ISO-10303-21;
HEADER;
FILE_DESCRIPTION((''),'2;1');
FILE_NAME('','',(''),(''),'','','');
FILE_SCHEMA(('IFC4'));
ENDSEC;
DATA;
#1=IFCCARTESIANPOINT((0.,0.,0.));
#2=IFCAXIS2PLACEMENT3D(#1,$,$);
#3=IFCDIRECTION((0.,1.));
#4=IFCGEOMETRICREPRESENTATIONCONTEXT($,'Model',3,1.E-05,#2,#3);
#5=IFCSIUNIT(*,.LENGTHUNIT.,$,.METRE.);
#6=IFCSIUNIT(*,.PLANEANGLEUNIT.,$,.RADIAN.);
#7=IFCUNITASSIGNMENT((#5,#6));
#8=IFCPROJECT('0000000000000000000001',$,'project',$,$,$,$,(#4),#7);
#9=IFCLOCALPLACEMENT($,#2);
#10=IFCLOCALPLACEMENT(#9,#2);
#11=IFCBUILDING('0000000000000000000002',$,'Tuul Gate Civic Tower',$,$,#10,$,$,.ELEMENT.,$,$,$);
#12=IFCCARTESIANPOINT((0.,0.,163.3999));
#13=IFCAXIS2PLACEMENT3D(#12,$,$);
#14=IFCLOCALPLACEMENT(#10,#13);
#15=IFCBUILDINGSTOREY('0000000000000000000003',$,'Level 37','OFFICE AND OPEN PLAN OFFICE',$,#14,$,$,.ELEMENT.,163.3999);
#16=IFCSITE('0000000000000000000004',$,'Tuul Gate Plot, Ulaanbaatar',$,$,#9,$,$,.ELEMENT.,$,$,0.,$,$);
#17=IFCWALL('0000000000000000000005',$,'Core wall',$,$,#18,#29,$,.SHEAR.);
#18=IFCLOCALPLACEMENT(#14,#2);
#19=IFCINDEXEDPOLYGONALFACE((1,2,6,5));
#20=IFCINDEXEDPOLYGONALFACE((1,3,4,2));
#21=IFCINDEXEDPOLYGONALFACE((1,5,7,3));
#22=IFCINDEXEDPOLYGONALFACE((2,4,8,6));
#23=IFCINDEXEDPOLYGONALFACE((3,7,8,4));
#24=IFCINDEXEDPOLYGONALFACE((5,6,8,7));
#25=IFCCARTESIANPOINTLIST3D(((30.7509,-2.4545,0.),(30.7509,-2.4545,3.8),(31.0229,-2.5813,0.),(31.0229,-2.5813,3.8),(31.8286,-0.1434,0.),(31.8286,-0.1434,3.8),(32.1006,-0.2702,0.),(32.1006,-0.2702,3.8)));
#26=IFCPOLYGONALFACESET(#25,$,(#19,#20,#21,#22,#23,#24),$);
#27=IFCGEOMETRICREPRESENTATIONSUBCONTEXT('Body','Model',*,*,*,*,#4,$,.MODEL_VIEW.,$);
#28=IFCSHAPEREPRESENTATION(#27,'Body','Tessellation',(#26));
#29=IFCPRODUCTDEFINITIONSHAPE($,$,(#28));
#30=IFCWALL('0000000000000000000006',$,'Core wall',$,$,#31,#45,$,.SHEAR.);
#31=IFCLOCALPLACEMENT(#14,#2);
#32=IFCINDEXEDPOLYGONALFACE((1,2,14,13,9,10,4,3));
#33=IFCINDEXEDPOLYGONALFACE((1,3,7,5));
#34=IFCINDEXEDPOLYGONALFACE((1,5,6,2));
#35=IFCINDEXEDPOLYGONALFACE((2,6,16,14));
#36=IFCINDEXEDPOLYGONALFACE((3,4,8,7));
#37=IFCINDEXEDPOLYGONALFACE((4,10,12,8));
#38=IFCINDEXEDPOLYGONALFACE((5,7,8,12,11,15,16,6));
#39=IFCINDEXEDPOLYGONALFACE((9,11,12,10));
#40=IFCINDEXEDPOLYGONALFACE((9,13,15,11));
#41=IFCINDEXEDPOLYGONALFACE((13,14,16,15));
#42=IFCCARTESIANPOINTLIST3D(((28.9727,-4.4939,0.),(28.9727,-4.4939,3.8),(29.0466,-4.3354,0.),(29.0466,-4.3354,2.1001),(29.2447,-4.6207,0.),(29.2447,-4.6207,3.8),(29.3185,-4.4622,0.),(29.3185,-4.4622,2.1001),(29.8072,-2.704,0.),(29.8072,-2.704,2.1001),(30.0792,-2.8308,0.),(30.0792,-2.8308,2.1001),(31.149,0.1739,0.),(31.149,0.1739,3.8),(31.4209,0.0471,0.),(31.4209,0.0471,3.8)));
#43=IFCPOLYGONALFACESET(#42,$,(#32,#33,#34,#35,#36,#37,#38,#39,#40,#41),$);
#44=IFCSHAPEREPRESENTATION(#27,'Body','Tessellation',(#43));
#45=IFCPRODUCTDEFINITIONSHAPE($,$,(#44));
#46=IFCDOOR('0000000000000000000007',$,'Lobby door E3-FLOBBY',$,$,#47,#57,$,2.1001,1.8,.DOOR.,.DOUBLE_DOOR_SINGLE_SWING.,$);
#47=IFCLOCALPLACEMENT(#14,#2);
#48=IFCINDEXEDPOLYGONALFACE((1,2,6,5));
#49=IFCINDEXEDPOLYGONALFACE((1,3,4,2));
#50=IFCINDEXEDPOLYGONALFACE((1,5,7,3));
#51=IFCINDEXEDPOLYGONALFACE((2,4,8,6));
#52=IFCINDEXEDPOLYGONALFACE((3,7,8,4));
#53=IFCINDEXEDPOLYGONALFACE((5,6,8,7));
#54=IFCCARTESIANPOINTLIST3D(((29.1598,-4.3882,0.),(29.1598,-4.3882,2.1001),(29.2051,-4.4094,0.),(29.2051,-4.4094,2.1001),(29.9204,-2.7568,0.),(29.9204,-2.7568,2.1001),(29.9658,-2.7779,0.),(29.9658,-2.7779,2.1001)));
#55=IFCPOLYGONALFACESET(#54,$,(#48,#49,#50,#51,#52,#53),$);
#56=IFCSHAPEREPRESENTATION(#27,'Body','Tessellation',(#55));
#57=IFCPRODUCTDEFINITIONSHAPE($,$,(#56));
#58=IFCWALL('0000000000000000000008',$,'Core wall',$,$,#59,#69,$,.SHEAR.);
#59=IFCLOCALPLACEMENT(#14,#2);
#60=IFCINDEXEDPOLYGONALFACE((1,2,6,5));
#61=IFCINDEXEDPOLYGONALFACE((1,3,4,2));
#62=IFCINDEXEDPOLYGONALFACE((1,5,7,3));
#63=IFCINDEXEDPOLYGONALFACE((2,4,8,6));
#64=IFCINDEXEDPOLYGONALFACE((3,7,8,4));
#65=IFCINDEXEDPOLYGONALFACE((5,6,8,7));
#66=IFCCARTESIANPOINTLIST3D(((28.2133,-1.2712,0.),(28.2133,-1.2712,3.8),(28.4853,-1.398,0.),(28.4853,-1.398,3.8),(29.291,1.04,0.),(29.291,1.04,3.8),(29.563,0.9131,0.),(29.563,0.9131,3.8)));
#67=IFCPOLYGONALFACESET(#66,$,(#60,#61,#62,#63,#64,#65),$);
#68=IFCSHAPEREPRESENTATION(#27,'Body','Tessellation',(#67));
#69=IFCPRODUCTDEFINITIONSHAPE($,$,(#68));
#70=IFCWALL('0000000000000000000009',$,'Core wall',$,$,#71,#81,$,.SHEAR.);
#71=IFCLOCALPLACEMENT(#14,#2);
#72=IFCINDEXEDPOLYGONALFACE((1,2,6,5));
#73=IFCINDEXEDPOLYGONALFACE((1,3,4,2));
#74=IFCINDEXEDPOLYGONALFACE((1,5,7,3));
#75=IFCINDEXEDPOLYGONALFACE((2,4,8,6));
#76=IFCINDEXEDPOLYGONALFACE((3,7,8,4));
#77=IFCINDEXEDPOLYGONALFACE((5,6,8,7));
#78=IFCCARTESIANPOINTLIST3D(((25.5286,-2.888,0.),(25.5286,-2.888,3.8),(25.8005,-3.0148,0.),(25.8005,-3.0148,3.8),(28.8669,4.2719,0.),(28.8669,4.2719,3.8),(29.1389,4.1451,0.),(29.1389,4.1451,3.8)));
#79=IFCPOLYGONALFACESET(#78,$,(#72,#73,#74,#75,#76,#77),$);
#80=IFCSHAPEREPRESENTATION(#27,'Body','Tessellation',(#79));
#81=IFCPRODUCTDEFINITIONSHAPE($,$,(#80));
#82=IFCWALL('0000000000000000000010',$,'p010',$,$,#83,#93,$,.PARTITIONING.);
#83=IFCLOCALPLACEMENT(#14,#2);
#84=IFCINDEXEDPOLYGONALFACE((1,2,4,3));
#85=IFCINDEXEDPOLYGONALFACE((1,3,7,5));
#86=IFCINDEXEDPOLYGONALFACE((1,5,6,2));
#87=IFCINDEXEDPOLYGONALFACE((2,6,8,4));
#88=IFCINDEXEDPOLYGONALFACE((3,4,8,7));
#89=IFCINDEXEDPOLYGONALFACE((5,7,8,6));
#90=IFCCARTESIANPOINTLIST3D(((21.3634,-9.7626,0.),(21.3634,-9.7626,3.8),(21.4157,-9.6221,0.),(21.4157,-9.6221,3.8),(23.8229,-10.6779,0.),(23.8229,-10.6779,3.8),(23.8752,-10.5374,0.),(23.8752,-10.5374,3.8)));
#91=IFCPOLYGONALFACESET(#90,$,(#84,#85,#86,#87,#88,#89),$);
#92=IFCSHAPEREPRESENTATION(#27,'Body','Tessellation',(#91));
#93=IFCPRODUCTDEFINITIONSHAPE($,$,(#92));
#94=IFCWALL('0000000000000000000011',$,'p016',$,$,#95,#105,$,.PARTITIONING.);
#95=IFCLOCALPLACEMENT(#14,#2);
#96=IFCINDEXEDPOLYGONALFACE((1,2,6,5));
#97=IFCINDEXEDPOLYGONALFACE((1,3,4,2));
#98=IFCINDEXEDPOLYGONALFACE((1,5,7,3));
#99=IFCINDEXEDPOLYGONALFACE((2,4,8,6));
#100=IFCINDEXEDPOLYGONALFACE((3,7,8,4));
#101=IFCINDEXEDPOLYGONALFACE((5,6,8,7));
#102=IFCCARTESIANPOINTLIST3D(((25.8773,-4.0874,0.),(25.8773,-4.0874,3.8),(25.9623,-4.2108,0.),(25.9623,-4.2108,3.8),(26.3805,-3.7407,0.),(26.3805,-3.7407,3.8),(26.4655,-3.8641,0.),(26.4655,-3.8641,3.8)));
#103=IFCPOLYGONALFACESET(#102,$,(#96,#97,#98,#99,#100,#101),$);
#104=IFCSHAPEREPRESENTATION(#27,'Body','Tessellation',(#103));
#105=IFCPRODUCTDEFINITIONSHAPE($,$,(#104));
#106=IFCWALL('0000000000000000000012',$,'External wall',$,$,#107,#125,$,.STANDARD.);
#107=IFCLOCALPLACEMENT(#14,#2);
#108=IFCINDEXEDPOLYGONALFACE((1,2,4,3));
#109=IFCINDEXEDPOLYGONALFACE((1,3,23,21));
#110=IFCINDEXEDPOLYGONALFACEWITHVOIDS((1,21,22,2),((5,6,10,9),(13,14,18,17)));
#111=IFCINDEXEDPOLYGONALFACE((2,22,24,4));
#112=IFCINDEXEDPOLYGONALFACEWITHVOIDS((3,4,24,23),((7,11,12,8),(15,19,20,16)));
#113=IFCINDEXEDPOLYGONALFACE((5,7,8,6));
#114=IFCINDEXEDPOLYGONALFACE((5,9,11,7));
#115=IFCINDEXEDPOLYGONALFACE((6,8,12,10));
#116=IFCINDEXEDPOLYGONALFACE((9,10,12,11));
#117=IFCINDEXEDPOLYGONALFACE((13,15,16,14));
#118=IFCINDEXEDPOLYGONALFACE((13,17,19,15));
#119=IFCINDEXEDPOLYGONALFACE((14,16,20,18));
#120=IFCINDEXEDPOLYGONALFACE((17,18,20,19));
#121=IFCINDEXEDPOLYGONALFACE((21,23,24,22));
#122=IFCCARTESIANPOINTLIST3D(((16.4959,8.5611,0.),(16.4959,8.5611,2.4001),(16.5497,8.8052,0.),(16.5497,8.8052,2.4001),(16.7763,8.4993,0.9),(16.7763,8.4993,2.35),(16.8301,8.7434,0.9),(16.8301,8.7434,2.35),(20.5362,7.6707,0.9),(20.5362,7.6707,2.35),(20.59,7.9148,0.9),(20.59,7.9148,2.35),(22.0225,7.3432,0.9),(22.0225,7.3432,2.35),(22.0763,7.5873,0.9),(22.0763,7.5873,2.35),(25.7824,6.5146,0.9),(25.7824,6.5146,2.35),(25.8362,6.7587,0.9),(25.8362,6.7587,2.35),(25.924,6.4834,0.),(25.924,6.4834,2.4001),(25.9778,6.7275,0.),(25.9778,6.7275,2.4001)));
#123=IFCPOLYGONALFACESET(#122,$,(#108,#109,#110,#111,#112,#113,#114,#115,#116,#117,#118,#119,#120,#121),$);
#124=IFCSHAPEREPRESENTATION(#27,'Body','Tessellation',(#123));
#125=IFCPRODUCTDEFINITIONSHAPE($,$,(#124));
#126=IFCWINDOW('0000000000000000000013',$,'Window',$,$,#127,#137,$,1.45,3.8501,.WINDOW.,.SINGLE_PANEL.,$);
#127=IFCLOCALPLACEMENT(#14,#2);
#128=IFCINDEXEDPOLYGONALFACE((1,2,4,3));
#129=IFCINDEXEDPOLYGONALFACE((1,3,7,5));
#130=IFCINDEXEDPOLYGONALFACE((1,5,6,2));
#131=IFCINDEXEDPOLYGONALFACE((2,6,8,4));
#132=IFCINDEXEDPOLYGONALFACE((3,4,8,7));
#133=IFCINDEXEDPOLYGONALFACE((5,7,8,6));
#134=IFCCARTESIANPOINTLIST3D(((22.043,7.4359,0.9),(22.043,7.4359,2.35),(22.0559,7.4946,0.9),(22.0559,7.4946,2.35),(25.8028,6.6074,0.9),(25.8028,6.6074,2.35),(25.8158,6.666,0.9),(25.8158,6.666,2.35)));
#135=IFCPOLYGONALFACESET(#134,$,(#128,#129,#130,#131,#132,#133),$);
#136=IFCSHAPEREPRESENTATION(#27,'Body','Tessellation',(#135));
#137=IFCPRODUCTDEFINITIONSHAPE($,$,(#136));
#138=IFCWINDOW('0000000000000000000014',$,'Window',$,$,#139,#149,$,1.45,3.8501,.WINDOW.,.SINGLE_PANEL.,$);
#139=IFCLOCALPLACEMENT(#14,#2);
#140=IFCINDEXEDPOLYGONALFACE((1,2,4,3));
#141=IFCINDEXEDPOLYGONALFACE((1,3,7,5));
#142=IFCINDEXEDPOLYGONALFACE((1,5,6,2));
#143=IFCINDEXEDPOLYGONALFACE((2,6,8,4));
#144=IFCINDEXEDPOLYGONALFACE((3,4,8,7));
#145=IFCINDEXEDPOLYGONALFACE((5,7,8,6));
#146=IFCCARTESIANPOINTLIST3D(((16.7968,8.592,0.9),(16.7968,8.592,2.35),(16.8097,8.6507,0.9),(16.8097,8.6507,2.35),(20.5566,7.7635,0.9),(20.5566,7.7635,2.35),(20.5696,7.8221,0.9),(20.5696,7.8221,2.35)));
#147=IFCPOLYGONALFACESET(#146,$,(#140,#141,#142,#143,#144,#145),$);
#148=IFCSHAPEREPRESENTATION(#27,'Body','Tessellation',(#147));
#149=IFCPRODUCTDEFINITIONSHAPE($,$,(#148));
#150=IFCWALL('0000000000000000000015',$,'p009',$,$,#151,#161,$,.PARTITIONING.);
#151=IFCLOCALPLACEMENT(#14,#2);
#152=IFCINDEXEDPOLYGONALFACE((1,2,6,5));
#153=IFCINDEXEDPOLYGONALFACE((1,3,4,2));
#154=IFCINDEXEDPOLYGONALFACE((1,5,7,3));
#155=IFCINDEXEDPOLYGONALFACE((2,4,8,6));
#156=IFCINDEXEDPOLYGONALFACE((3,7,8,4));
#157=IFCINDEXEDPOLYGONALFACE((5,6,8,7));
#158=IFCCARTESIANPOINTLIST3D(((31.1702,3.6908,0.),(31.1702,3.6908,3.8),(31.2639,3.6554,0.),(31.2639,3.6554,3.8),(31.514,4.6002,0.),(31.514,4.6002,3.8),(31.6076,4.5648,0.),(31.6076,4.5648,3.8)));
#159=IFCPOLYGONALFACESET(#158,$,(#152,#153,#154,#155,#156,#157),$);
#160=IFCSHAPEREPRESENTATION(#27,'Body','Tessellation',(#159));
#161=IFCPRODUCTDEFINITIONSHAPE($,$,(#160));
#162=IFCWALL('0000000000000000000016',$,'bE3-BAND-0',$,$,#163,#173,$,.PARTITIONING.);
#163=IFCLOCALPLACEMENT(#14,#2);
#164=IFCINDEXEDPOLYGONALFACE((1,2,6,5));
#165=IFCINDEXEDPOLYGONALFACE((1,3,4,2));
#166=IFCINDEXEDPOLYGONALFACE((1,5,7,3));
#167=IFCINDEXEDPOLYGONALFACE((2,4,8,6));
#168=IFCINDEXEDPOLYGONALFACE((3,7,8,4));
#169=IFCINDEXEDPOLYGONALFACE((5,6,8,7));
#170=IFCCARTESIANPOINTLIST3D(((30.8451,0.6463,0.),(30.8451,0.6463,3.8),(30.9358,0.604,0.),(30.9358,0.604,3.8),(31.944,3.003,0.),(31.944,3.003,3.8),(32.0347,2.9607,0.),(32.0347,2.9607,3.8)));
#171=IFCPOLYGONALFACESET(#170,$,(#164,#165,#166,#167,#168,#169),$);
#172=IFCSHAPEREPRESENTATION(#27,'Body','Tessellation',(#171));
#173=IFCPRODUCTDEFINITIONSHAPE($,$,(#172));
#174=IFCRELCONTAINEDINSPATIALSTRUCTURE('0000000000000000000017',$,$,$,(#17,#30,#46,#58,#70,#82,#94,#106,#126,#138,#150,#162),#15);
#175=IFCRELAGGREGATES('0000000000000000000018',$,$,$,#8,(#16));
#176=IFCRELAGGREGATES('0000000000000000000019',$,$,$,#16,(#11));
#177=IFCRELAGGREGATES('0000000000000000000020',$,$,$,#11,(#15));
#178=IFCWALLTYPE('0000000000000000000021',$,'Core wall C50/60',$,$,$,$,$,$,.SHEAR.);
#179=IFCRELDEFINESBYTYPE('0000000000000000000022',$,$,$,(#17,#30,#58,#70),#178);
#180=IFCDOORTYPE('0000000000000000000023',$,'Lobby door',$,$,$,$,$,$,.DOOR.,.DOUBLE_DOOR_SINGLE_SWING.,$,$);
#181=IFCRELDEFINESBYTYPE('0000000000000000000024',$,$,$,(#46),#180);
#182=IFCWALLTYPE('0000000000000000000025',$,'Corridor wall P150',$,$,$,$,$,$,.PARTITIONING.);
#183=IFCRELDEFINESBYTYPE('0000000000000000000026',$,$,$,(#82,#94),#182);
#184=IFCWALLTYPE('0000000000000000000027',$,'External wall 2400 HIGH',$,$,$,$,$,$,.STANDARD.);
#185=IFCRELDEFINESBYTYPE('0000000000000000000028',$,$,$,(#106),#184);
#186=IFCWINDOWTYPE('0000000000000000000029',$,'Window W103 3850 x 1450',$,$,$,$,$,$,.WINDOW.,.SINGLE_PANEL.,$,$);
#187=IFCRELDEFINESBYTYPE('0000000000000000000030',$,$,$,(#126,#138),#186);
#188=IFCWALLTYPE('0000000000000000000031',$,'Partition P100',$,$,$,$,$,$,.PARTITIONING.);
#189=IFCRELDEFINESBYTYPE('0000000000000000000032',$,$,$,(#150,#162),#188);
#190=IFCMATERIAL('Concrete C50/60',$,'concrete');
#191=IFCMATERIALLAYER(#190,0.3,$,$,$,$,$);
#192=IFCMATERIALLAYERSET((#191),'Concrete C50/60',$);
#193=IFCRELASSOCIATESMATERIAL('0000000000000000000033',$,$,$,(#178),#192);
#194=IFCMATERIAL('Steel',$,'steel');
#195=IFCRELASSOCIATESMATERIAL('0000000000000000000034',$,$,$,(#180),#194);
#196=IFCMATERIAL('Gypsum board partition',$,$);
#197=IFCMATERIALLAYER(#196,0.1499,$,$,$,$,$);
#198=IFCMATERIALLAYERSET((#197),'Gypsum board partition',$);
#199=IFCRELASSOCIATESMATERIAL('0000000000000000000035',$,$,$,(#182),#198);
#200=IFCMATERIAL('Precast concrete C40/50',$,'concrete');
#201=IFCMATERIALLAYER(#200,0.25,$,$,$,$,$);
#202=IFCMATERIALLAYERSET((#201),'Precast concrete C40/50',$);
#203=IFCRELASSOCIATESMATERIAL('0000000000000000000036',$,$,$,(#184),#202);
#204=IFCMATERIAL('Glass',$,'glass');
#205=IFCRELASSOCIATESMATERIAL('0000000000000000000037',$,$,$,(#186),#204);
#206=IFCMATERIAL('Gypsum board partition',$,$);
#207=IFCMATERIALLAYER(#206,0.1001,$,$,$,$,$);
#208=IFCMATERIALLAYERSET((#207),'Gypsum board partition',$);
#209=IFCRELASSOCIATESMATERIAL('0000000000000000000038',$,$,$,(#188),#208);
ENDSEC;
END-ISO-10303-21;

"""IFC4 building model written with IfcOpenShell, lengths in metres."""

from ifc_helpers import new_model, si_unit, direction, frame, frame_2d, origin, place, context, subcontext, project, spatial, rectangle, extrude, material, layer, layer_set, type_object, element, fill, save


model = new_model("IFC4")

# Units and contexts
model_context = context("Model", 3, precision=1e-05, world=origin(), true_north=direction((0.0, 1.0)))
body_context = subcontext(model_context, "Body", "Model", "MODEL_VIEW")
ifc_project = project(units=[si_unit("LENGTHUNIT", "METRE"), si_unit("PLANEANGLEUNIT", "RADIAN")], contexts=[model_context])

# Site, building, storey
site_placement = place(None, origin())
site = spatial("IfcSite", under=ifc_project, at=site_placement, Name="Tuul Gate Plot, Ulaanbaatar", CompositionType="ELEMENT", RefElevation=0.0)
building_placement = place(site_placement, origin())
building = spatial("IfcBuilding", under=site, at=building_placement, Name="Tuul Gate Civic Tower", CompositionType="ELEMENT")
storey_placement = place(building_placement, frame((0.0, 0.0, 163.3999)))
storey = spatial("IfcBuildingStorey", under=building, at=storey_placement, Name="Level 37", Description="OFFICE AND OPEN PLAN OFFICE", CompositionType="ELEMENT", Elevation=163.3999)

# Shared definitions
ifc_material_1 = material(Name="Concrete C50/60", Category="concrete")
ifc_layer_1 = layer(ifc_material_1, 0.3)
ifc_layer_set_1 = layer_set([ifc_layer_1], Name="Concrete C50/60")
wall_type_1 = type_object("IfcWallType", Name="Core wall C50/60", PredefinedType="SHEAR", material=ifc_layer_set_1)
ifc_material_2 = material(Name="Steel", Category="steel")
door_type_1 = type_object("IfcDoorType", Name="Lobby door", OperationType="DOUBLE_DOOR_SINGLE_SWING", PredefinedType="DOOR", material=ifc_material_2)

# Wall
wall_1_placement = place(storey_placement, frame((30.887, -2.5178, 0.0), z_axis=(0.0, 0.0, 1.0), x_axis=(0.422613, 0.90631, 0.0)))
element("IfcWall", 1, at=wall_1_placement, inside=storey, type_object=wall_type_1, Name="Core wall", PredefinedType="SHEAR", context=body_context, shape_type="SweptSolid", body=[
    extrude(rectangle(XDim=2.55, YDim=0.3, at=frame_2d((1.2749, 0.0))), origin(), (0.0, 0.0, 1.0), 3.8),
])

# Wall, opening, door
wall_2_placement = place(storey_placement, frame((29.1086, -4.5574, 0.0), z_axis=(0.0, 0.0, 1.0), x_axis=(0.422566, 0.906332, 0.0)))
wall_2 = element("IfcWall", 2, at=wall_2_placement, inside=storey, type_object=wall_type_1, Name="Core wall", PredefinedType="SHEAR", context=body_context, shape_type="SweptSolid", body=[
    extrude(rectangle(XDim=5.1501, YDim=0.3, at=frame_2d((2.5752, 0.0))), origin(), (0.0, 0.0, 1.0), 3.8),
])
opening_1_placement = place(wall_2_placement, frame((0.175, 0.0, 0.0)))
opening_1 = element("IfcOpeningElement", 3, at=opening_1_placement, cuts=wall_2, PredefinedType="OPENING", context=body_context, shape_type="SweptSolid", body=[
    extrude(rectangle(XDim=1.8, YDim=2.1001, at=frame_2d((0.8999, 1.05))), frame((0.0, 0.1602, 0.0), z_axis=(0.0, -1.0, 0.0), x_axis=(1.0, 0.0, 0.0)), (0.0, 0.0, 1.0), 0.3201),
])
door_1_placement = place(opening_1_placement, frame((1.8, 0.0, 0.0), z_axis=(0.0, 0.0, 1.0), x_axis=(-1.0, 0.0, 0.0)))
door_1 = element("IfcDoor", 4, at=door_1_placement, inside=storey, type_object=door_type_1, Name="Lobby door E3-FLOBBY", OperationType="DOUBLE_DOOR_SINGLE_SWING", OverallHeight=2.1001, OverallWidth=1.8, PredefinedType="DOOR", context=body_context, shape_type="SweptSolid", body=[
    extrude(rectangle(XDim=1.8, YDim=2.1001, at=frame_2d((0.9001, 1.05))), frame((0.0, 0.0249, 0.0), z_axis=(0.0, -1.0, 0.0), x_axis=(1.0, 0.0, 0.0)), (0.0, 0.0, 1.0), 0.05),
])
fill(opening_1, door_1)

# Walls
wall_3_placement = place(storey_placement, frame((28.3494, -1.3345, 0.0), z_axis=(0.0, 0.0, 1.0), x_axis=(0.422613, 0.90631, 0.0)))
element("IfcWall", 5, at=wall_3_placement, inside=storey, type_object=wall_type_1, Name="Core wall", PredefinedType="SHEAR", context=body_context, shape_type="SweptSolid", body=[
    extrude(rectangle(XDim=2.55, YDim=0.3, at=frame_2d((1.2749, 0.0))), origin(), (0.0, 0.0, 1.0), 3.8),
])
wall_4_placement = place(storey_placement, frame((25.6646, -2.9514, 0.0), z_axis=(0.0, 0.0, 1.0), x_axis=(0.422583, 0.906324, 0.0)))
element("IfcWall", 6, at=wall_4_placement, inside=storey, type_object=wall_type_1, Name="Core wall", PredefinedType="SHEAR", context=body_context, shape_type="SweptSolid", body=[
    extrude(rectangle(XDim=7.8999, YDim=0.3, at=frame_2d((3.95, 0.0))), origin(), (0.0, 0.0, 1.0), 3.8),
])
ifc_material_3 = material(Name="Gypsum board partition")
ifc_layer_2 = layer(ifc_material_3, 0.1499)
ifc_layer_set_2 = layer_set([ifc_layer_2], Name="Gypsum board partition")
wall_type_2 = type_object("IfcWallType", Name="Corridor wall P150", PredefinedType="PARTITIONING", material=ifc_layer_set_2)
wall_5_placement = place(storey_placement, frame((21.3896, -9.6924, 0.0), z_axis=(0.0, 0.0, 1.0), x_axis=(0.937206, -0.348777, 0.0)))
element("IfcWall", 7, at=wall_5_placement, inside=storey, type_object=wall_type_2, Name="p010", PredefinedType="PARTITIONING", context=body_context, shape_type="SweptSolid", body=[
    extrude(rectangle(XDim=2.6243, YDim=0.1499, at=frame_2d((1.312, 0.0))), origin(), (0.0, 0.0, 1.0), 3.8),
])
wall_6_placement = place(storey_placement, frame((25.9197, -4.1492, 0.0), z_axis=(0.0, 0.0, 1.0), x_axis=(0.82347, 0.567359, 0.0)))
element("IfcWall", 8, at=wall_6_placement, inside=storey, type_object=wall_type_2, Name="p016", PredefinedType="PARTITIONING", context=body_context, shape_type="SweptSolid", body=[
    extrude(rectangle(XDim=0.6111, YDim=0.1499, at=frame_2d((0.3057, 0.0))), origin(), (0.0, 0.0, 1.0), 3.8),
])

# Wall, openings, windows
ifc_material_4 = material(Name="Precast concrete C40/50", Category="concrete")
ifc_layer_3 = layer(ifc_material_4, 0.25)
ifc_layer_set_3 = layer_set([ifc_layer_3], Name="Precast concrete C40/50")
wall_type_3 = type_object("IfcWallType", Name="External wall 2400 HIGH", PredefinedType="STANDARD", material=ifc_layer_set_3)
wall_7_placement = place(storey_placement, frame((25.9509, 6.6055, 0.0), z_axis=(0.0, 0.0, 1.0), x_axis=(-0.976569, 0.215206, 0.0)))
wall_7 = element("IfcWall", 9, at=wall_7_placement, inside=storey, type_object=wall_type_3, Name="External wall", PredefinedType="STANDARD", context=body_context, shape_type="SweptSolid", body=[
    extrude(rectangle(XDim=9.6543, YDim=0.25, at=frame_2d((4.8271, 0.0))), origin(), (0.0, 0.0, 1.0), 2.4001),
])
opening_2_placement = place(wall_7_placement, frame((0.145, 0.0, 0.8999)))
opening_2 = element("IfcOpeningElement", 10, at=opening_2_placement, cuts=wall_7, PredefinedType="OPENING", context=body_context, shape_type="SweptSolid", body=[
    extrude(rectangle(XDim=3.8501, YDim=1.45, at=frame_2d((1.925, 0.7251))), frame((0.0, 0.135, 0.0), z_axis=(0.0, -1.0, 0.0), x_axis=(1.0, 0.0, 0.0)), (0.0, 0.0, 1.0), 0.27),
])
opening_3_placement = place(wall_7_placement, frame((5.5171, 0.0, 0.8999)))
opening_3 = element("IfcOpeningElement", 11, at=opening_3_placement, cuts=wall_7, PredefinedType="OPENING", context=body_context, shape_type="SweptSolid", body=[
    extrude(rectangle(XDim=3.8501, YDim=1.45, at=frame_2d((1.925, 0.7251))), frame((0.0, 0.135, 0.0), z_axis=(0.0, -1.0, 0.0), x_axis=(1.0, 0.0, 0.0)), (0.0, 0.0, 1.0), 0.27),
])
ifc_material_5 = material(Name="Glass", Category="glass")
window_type = type_object("IfcWindowType", Name="Window W103 3850 x 1450", PartitioningType="SINGLE_PANEL", PredefinedType="WINDOW", material=ifc_material_5)
window_1_placement = place(opening_2_placement, origin())
window_1 = element("IfcWindow", 12, at=window_1_placement, inside=storey, type_object=window_type, Name="Window", OverallHeight=1.45, OverallWidth=3.8501, PartitioningType="SINGLE_PANEL", PredefinedType="WINDOW", context=body_context, shape_type="SweptSolid", body=[
    extrude(rectangle(XDim=3.8501, YDim=1.45, at=frame_2d((1.925, 0.7251))), frame((0.0, 0.03, 0.0), z_axis=(0.0, -1.0, 0.0), x_axis=(1.0, 0.0, 0.0)), (0.0, 0.0, 1.0), 0.0601),
])
fill(opening_2, window_1)
window_2_placement = place(opening_3_placement, origin())
window_2 = element("IfcWindow", 13, at=window_2_placement, inside=storey, type_object=window_type, Name="Window", OverallHeight=1.45, OverallWidth=3.8501, PartitioningType="SINGLE_PANEL", PredefinedType="WINDOW", context=body_context, shape_type="SweptSolid", body=[
    extrude(rectangle(XDim=3.8501, YDim=1.45, at=frame_2d((1.925, 0.7251))), frame((0.0, 0.03, 0.0), z_axis=(0.0, -1.0, 0.0), x_axis=(1.0, 0.0, 0.0)), (0.0, 0.0, 1.0), 0.0601),
])
fill(opening_3, window_2)

# Walls
ifc_material_6 = material(Name="Gypsum board partition")
ifc_layer_4 = layer(ifc_material_6, 0.1001)
ifc_layer_set_4 = layer_set([ifc_layer_4], Name="Gypsum board partition")
wall_type_4 = type_object("IfcWallType", Name="Partition P100", PredefinedType="PARTITIONING", material=ifc_layer_set_4)
wall_8_placement = place(storey_placement, frame((31.217, 3.6731, 0.0), z_axis=(0.0, 0.0, 1.0), x_axis=(0.353571, 0.935408, 0.0)))
element("IfcWall", 14, at=wall_8_placement, inside=storey, type_object=wall_type_4, Name="p009", PredefinedType="PARTITIONING", context=body_context, shape_type="SweptSolid", body=[
    extrude(rectangle(XDim=0.9722, YDim=0.1001, at=frame_2d((0.4861, 0.0))), origin(), (0.0, 0.0, 1.0), 3.8),
])
wall_9_placement = place(storey_placement, frame((30.8904, 0.625, 0.0), z_axis=(0.0, 0.0, 1.0), x_axis=(0.422598, 0.906317, 0.0)))
element("IfcWall", 15, at=wall_9_placement, inside=storey, type_object=wall_type_4, Name="bE3-BAND-0", PredefinedType="PARTITIONING", context=body_context, shape_type="SweptSolid", body=[
    extrude(rectangle(XDim=2.6003, YDim=0.1001, at=frame_2d((1.3003, 0.0))), origin(), (0.0, 0.0, 1.0), 3.8),
])

save(model, "model.ifc")
